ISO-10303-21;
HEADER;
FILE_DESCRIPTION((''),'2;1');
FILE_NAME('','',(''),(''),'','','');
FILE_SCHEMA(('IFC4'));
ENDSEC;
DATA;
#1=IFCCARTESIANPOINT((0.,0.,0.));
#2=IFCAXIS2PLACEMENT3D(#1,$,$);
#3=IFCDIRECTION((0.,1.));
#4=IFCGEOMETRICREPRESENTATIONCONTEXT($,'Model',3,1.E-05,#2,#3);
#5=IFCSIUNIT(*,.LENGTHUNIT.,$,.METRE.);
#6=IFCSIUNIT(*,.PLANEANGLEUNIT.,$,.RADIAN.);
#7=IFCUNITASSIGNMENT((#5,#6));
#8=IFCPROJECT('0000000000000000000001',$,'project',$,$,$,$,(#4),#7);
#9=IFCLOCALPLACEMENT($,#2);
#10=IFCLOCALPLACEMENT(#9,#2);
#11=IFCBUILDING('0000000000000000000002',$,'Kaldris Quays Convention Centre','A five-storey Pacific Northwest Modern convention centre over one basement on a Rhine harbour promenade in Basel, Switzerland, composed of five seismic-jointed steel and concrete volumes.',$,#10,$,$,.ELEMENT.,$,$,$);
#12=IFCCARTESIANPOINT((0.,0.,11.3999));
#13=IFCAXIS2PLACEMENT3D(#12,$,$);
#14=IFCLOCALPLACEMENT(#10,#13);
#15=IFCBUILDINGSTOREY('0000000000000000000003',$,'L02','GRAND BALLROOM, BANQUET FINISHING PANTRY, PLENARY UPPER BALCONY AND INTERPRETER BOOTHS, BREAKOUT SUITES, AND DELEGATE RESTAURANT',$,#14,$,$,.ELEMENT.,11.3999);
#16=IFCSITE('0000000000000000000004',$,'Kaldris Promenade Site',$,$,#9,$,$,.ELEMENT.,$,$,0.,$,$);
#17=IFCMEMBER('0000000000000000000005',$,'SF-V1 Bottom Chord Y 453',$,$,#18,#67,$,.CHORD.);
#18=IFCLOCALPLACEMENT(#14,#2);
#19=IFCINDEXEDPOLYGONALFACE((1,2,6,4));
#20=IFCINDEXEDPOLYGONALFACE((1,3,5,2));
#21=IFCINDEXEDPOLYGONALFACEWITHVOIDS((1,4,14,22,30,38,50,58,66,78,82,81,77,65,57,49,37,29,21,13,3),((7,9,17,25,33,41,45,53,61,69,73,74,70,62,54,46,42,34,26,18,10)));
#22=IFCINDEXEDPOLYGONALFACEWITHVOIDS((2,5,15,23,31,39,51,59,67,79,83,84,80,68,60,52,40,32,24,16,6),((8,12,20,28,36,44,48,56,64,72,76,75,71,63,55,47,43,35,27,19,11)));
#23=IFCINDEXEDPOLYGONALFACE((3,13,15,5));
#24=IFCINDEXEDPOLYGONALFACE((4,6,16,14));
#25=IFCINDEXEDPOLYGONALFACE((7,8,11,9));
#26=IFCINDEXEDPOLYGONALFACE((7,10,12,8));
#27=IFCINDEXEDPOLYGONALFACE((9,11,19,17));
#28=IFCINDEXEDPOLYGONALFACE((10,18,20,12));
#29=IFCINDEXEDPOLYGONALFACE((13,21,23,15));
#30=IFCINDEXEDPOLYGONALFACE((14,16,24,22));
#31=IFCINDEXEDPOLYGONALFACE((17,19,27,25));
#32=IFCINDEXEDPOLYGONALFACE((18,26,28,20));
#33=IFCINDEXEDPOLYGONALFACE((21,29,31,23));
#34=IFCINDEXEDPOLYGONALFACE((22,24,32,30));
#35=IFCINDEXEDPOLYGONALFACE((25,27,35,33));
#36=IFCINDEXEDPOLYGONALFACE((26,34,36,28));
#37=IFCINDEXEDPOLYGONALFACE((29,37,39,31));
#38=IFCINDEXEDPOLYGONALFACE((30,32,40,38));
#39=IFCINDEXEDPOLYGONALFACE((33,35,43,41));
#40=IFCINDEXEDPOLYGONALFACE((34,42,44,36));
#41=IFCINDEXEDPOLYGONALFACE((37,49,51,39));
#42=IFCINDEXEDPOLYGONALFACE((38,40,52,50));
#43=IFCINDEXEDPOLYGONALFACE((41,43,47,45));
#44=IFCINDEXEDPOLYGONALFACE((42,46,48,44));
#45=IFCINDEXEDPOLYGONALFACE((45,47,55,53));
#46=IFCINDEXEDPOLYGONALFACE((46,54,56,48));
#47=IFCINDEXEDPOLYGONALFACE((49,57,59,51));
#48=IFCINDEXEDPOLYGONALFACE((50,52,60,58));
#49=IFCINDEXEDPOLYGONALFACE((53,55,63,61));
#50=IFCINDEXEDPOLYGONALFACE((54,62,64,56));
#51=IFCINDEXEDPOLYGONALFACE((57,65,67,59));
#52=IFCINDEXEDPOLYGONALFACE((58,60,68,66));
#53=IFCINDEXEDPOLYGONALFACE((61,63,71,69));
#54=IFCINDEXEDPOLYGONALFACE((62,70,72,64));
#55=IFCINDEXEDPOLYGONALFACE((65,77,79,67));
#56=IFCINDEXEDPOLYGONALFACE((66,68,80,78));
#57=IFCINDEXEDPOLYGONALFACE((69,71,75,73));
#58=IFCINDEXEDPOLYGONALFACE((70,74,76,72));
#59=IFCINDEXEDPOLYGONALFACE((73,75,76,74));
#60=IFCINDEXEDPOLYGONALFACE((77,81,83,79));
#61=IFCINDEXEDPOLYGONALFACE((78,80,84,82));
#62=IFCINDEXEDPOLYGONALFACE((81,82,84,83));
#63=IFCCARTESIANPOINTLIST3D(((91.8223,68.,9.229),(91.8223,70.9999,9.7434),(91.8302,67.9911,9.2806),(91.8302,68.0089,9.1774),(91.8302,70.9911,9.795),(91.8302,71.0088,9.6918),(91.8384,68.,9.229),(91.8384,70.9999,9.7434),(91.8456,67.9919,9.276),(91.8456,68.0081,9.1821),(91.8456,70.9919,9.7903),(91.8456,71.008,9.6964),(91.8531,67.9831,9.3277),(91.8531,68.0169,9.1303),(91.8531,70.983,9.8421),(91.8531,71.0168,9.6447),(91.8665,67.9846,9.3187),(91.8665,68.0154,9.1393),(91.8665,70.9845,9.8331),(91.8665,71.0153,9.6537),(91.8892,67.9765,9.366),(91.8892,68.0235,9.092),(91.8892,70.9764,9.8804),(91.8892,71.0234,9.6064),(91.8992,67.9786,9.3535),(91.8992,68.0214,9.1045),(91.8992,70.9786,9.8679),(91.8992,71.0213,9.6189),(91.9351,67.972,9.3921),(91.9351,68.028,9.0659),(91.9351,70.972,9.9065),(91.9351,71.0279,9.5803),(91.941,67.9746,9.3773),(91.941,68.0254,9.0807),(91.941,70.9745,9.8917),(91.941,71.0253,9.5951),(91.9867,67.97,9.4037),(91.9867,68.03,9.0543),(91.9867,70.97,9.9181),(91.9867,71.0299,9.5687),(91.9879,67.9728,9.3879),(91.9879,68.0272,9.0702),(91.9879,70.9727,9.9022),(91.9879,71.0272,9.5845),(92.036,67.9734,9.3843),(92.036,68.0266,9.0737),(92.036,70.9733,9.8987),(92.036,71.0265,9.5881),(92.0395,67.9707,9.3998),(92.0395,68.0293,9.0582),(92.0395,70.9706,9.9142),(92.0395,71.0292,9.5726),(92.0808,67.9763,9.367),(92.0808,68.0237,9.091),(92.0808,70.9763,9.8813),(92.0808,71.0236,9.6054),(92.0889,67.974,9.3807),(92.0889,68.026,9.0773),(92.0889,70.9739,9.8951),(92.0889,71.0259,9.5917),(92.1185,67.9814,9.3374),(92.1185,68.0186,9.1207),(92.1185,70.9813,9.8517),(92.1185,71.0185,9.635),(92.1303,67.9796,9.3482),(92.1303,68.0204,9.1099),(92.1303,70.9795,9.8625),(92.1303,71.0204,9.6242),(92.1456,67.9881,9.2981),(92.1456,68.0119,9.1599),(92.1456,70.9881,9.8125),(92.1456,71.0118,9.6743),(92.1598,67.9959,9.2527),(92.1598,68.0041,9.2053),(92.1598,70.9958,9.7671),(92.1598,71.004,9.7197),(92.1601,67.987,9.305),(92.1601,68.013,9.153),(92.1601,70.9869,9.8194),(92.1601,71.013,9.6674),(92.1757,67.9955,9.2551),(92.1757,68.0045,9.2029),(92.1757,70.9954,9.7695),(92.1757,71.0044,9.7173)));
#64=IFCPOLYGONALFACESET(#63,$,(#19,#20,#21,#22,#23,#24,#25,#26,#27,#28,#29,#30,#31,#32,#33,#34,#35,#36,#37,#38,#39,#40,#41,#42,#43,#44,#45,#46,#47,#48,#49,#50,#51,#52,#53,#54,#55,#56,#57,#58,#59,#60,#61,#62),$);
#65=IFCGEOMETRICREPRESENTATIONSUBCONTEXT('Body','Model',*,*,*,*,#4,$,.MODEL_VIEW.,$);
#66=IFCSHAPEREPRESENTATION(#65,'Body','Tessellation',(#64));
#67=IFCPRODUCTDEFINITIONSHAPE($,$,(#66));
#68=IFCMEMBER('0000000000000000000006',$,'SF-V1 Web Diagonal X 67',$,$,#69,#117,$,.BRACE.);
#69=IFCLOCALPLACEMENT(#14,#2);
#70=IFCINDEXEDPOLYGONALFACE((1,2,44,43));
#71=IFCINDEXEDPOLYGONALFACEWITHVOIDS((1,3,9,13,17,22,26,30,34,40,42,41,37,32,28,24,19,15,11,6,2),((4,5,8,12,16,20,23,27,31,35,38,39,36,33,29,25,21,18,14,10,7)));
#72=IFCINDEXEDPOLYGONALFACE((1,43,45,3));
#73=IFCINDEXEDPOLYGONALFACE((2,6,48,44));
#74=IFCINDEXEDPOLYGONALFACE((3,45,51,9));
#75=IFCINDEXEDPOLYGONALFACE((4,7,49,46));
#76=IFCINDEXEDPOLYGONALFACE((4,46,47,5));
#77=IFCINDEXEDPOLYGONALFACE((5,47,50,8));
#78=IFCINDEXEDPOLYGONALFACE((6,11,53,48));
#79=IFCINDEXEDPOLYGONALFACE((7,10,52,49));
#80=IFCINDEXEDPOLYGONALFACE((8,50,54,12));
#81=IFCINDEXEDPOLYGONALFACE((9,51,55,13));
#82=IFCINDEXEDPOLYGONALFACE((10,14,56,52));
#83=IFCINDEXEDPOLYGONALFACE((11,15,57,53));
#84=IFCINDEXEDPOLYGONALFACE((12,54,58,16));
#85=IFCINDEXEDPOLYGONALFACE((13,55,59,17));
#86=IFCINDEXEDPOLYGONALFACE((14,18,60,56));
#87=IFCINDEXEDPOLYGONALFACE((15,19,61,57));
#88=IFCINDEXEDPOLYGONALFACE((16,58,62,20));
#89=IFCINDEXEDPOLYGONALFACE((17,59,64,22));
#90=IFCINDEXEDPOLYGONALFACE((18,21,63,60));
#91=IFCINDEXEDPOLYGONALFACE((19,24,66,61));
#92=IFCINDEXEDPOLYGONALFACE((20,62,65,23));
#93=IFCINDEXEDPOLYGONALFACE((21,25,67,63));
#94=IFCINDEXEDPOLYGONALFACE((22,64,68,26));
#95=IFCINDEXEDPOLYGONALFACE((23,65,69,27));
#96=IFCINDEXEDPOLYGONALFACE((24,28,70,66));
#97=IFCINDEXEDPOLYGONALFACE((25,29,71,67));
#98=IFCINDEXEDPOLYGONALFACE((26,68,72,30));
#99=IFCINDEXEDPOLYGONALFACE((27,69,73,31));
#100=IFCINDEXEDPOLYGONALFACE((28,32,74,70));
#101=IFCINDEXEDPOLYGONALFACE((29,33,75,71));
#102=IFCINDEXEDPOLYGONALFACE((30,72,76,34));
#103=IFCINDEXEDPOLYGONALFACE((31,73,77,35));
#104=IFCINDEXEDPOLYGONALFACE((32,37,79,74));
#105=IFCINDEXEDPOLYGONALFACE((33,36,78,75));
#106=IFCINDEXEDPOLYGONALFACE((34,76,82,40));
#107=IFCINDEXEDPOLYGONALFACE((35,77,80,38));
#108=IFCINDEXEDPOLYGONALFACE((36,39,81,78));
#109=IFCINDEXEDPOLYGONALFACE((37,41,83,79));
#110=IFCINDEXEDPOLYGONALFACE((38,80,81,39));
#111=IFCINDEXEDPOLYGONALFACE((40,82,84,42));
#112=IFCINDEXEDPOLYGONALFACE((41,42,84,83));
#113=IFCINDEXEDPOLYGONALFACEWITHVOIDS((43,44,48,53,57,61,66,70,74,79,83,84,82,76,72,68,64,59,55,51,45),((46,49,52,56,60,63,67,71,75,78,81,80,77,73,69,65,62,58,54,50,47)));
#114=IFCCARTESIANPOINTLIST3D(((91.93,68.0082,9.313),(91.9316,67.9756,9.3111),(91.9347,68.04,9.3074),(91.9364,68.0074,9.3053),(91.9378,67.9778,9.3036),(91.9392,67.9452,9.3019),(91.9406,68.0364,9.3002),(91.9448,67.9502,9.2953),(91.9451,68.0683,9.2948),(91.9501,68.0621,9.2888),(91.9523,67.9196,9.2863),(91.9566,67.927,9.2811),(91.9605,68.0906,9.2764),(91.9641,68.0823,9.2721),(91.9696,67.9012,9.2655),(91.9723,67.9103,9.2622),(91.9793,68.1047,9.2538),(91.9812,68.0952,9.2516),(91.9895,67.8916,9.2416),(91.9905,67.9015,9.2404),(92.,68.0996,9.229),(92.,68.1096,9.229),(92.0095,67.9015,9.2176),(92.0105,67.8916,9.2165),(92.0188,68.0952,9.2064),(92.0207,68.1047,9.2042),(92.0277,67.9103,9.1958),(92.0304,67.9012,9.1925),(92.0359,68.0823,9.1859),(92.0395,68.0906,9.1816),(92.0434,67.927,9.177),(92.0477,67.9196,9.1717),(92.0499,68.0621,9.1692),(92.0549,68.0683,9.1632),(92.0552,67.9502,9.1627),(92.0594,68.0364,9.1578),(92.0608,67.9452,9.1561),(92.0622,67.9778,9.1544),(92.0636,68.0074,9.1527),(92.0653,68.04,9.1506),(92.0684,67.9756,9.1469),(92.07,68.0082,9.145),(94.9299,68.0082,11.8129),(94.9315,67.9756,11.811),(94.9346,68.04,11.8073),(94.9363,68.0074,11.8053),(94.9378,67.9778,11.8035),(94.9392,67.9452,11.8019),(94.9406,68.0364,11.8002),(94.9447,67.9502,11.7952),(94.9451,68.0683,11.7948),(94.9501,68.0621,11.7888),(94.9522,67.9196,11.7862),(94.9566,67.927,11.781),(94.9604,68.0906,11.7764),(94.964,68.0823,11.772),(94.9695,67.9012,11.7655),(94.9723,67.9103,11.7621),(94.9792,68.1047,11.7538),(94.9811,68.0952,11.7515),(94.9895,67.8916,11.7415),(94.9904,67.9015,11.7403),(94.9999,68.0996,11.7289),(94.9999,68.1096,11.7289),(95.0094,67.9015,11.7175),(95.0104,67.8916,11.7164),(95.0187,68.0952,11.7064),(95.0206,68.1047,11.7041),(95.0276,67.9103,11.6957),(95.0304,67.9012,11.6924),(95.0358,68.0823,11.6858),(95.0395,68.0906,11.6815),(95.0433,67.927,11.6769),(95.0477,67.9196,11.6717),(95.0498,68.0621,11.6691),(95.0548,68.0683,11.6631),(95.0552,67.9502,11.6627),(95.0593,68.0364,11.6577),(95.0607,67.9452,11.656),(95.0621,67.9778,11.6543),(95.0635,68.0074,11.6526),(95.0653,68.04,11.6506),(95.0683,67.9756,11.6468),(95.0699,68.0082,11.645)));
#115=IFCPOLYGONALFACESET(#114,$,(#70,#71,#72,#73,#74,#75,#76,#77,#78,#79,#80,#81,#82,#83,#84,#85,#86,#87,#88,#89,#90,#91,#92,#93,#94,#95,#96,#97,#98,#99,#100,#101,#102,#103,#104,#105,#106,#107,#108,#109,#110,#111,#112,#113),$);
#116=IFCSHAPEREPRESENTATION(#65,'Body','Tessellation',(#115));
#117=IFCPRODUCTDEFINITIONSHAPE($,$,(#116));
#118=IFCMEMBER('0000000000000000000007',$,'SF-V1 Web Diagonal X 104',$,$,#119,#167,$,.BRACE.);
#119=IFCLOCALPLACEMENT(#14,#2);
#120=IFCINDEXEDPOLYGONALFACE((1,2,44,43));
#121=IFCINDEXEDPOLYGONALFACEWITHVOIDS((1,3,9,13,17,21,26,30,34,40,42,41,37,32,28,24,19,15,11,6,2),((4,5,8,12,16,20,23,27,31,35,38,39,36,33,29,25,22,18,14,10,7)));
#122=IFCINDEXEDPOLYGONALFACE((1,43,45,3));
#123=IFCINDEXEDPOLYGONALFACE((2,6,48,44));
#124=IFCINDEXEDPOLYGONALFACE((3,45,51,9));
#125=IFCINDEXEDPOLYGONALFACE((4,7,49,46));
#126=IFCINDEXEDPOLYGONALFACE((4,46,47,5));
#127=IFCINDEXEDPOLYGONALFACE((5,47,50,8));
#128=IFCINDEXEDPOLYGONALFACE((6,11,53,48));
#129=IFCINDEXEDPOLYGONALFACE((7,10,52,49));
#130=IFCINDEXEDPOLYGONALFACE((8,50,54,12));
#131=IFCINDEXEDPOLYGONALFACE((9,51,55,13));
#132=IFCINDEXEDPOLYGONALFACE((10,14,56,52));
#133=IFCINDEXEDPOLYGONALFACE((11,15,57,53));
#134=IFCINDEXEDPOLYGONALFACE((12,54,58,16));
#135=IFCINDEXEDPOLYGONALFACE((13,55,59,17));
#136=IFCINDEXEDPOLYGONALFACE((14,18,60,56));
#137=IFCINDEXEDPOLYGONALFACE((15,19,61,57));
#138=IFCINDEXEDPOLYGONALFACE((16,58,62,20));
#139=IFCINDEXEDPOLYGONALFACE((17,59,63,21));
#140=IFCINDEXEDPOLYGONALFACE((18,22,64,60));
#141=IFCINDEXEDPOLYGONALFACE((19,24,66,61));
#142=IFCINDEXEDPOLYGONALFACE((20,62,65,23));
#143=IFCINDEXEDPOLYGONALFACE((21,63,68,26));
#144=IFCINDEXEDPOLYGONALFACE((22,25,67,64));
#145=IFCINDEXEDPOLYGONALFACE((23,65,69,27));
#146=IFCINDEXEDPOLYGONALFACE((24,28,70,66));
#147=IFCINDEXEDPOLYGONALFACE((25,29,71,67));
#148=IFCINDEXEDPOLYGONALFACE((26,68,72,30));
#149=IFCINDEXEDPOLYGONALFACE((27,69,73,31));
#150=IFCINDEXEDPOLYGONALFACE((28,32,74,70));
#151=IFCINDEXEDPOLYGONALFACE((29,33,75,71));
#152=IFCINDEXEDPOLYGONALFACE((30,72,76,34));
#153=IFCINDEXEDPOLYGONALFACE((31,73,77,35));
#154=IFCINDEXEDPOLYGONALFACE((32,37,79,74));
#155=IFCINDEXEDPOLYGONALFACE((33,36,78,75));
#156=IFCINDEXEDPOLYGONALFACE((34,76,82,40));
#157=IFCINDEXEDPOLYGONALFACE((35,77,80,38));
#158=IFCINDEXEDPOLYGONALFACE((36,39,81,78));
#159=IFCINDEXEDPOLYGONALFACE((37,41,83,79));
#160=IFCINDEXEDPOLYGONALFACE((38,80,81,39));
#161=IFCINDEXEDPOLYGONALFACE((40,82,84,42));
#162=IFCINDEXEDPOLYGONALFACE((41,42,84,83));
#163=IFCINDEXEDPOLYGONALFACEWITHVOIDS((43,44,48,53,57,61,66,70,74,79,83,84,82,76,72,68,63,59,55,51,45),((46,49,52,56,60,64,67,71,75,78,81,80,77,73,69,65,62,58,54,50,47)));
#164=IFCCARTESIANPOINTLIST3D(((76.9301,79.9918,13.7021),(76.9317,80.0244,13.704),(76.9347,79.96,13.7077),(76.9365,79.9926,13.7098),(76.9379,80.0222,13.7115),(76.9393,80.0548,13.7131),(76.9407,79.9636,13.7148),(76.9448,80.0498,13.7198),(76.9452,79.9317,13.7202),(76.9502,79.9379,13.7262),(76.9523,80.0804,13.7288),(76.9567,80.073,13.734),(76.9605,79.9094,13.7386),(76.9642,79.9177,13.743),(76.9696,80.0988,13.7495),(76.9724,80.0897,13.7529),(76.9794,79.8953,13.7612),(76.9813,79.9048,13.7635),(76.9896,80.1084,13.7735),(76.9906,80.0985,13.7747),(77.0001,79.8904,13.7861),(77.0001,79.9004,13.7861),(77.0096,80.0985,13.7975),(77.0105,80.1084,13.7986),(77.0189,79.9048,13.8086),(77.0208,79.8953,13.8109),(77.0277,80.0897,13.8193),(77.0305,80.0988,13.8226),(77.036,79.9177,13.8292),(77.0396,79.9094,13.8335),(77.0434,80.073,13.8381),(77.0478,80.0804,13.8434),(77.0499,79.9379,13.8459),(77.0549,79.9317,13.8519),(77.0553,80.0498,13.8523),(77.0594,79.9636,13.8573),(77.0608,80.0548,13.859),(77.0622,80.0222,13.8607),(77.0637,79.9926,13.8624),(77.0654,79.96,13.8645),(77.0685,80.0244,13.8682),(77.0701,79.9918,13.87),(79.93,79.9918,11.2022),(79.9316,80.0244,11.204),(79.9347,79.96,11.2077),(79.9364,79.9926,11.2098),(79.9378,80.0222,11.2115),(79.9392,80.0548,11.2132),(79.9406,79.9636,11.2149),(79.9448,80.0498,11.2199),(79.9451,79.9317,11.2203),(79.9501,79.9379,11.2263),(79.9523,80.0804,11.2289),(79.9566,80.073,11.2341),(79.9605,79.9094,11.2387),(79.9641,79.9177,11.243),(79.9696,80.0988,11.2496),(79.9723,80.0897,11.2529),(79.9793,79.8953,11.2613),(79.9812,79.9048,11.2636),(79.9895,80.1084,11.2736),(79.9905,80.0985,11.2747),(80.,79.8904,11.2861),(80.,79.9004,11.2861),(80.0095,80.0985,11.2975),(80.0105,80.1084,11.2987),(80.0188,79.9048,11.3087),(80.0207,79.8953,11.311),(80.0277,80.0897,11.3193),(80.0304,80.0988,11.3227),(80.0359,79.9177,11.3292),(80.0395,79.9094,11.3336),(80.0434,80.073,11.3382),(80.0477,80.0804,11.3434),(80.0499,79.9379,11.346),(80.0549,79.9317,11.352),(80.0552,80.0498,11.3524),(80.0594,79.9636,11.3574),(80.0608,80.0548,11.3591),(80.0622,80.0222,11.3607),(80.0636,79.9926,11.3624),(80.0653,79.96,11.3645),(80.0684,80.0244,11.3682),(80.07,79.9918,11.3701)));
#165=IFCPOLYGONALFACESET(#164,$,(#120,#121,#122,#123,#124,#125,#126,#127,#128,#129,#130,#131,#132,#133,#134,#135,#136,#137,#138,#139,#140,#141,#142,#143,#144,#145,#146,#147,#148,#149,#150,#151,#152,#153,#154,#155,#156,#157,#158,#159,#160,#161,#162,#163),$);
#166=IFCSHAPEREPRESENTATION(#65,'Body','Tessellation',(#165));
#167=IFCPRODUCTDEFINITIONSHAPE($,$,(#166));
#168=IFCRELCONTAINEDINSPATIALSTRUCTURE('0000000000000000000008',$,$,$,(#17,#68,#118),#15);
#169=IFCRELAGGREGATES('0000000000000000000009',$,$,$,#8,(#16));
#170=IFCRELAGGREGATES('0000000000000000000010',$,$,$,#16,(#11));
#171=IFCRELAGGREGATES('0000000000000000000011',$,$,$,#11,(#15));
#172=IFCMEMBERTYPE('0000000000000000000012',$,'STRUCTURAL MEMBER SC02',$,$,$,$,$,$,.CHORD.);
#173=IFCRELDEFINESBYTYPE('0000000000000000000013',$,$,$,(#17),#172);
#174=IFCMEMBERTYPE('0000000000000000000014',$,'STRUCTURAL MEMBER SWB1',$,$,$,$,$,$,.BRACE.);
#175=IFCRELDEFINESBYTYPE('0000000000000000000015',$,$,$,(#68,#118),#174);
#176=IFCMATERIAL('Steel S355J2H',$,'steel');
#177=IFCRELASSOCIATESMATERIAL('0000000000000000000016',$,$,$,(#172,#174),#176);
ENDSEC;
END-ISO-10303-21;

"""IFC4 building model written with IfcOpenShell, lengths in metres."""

from ifc_helpers import new_model, si_unit, direction, frame, origin, origin_2d, place, context, subcontext, project, spatial, hollow_circle, extrude, material, material_profile, profile_set, type_object, element, save


model = new_model("IFC4")

# Units and contexts
model_context = context("Model", 3, precision=1e-05, world=origin(), true_north=direction((0.0, 1.0)))
body_context = subcontext(model_context, "Body", "Model", "MODEL_VIEW")
ifc_project = project(units=[si_unit("LENGTHUNIT", "METRE"), si_unit("PLANEANGLEUNIT", "RADIAN")], contexts=[model_context])

# Site, building, storey
site_placement = place(None, origin())
site = spatial("IfcSite", under=ifc_project, at=site_placement, Name="Kaldris Promenade Site", CompositionType="ELEMENT", RefElevation=0.0)
building_placement = place(site_placement, origin())
building = spatial("IfcBuilding", under=site, at=building_placement, Name="Kaldris Quays Convention Centre", Description="A five-storey Pacific Northwest Modern convention centre over one basement on a Rhine harbour promenade in Basel, Switzerland, composed of five seismic-jointed steel and concrete volumes.", CompositionType="ELEMENT")
storey_placement = place(building_placement, frame((0.0, 0.0, 11.3999)))
storey = spatial("IfcBuildingStorey", under=building, at=storey_placement, Name="L02", Description="GRAND BALLROOM, BANQUET FINISHING PANTRY, PLENARY UPPER BALCONY AND INTERPRETER BOOTHS, BREAKOUT SUITES, AND DELEGATE RESTAURANT", CompositionType="ELEMENT", Elevation=11.3999)

# Members
ifc_material = material(Name="Steel S355J2H", Category="steel")
ifc_material_profile_1 = material_profile(ifc_material, hollow_circle(Radius=0.1777, WallThickness=0.0161, at=origin_2d()), Name="CHS 355.6x16")
ifc_profile_set_1 = profile_set([ifc_material_profile_1], Name="Steel S355J2H")
member_type_1 = type_object("IfcMemberType", Name="STRUCTURAL MEMBER SC02", PredefinedType="CHORD", material=ifc_profile_set_1)
for number, where, z_axis, x_axis, name in (
    (1, (92.0, 68.0, 9.229), (0.0, 0.985616, 0.169002), (-1.0, 0.0, 0.0), "SF-V1 Bottom Chord Y 453"),
):
    element("IfcMember", number, at=place(storey_placement, frame(where, z_axis=z_axis, x_axis=x_axis)), inside=storey, type_object=member_type_1, Name=name, PredefinedType="CHORD", context=body_context, shape_type="SweptSolid", body=[
        extrude(hollow_circle(Radius=0.1777, WallThickness=0.0161, at=origin_2d()), origin(), (0.0, 0.0, 1.0), 3.0437),
    ])
ifc_material_profile_2 = material_profile(ifc_material, hollow_circle(Radius=0.1096, WallThickness=0.01, at=origin_2d()), Name="CHS 219.1x10")
ifc_profile_set_2 = profile_set([ifc_material_profile_2], Name="Steel S355J2H")
member_type_2 = type_object("IfcMemberType", Name="STRUCTURAL MEMBER SWB1", PredefinedType="BRACE", material=ifc_profile_set_2)
for number, where, z_axis, x_axis, name in (
    (2, (92.0, 68.0, 9.229), (0.768221, 0.0, 0.640184), (0.0, 1.0, 0.0), "SF-V1 Web Diagonal X 67"),
    (3, (80.0, 80.0, 11.2861), (-0.768221, 0.0, 0.640184), (0.0, -1.0, 0.0), "SF-V1 Web Diagonal X 104"),
):
    element("IfcMember", number, at=place(storey_placement, frame(where, z_axis=z_axis, x_axis=x_axis)), inside=storey, type_object=member_type_2, Name=name, PredefinedType="BRACE", context=body_context, shape_type="SweptSolid", body=[
        extrude(hollow_circle(Radius=0.1096, WallThickness=0.01, at=origin_2d()), origin(), (0.0, 0.0, 1.0), 3.905),
    ])

save(model, "model.ifc")
